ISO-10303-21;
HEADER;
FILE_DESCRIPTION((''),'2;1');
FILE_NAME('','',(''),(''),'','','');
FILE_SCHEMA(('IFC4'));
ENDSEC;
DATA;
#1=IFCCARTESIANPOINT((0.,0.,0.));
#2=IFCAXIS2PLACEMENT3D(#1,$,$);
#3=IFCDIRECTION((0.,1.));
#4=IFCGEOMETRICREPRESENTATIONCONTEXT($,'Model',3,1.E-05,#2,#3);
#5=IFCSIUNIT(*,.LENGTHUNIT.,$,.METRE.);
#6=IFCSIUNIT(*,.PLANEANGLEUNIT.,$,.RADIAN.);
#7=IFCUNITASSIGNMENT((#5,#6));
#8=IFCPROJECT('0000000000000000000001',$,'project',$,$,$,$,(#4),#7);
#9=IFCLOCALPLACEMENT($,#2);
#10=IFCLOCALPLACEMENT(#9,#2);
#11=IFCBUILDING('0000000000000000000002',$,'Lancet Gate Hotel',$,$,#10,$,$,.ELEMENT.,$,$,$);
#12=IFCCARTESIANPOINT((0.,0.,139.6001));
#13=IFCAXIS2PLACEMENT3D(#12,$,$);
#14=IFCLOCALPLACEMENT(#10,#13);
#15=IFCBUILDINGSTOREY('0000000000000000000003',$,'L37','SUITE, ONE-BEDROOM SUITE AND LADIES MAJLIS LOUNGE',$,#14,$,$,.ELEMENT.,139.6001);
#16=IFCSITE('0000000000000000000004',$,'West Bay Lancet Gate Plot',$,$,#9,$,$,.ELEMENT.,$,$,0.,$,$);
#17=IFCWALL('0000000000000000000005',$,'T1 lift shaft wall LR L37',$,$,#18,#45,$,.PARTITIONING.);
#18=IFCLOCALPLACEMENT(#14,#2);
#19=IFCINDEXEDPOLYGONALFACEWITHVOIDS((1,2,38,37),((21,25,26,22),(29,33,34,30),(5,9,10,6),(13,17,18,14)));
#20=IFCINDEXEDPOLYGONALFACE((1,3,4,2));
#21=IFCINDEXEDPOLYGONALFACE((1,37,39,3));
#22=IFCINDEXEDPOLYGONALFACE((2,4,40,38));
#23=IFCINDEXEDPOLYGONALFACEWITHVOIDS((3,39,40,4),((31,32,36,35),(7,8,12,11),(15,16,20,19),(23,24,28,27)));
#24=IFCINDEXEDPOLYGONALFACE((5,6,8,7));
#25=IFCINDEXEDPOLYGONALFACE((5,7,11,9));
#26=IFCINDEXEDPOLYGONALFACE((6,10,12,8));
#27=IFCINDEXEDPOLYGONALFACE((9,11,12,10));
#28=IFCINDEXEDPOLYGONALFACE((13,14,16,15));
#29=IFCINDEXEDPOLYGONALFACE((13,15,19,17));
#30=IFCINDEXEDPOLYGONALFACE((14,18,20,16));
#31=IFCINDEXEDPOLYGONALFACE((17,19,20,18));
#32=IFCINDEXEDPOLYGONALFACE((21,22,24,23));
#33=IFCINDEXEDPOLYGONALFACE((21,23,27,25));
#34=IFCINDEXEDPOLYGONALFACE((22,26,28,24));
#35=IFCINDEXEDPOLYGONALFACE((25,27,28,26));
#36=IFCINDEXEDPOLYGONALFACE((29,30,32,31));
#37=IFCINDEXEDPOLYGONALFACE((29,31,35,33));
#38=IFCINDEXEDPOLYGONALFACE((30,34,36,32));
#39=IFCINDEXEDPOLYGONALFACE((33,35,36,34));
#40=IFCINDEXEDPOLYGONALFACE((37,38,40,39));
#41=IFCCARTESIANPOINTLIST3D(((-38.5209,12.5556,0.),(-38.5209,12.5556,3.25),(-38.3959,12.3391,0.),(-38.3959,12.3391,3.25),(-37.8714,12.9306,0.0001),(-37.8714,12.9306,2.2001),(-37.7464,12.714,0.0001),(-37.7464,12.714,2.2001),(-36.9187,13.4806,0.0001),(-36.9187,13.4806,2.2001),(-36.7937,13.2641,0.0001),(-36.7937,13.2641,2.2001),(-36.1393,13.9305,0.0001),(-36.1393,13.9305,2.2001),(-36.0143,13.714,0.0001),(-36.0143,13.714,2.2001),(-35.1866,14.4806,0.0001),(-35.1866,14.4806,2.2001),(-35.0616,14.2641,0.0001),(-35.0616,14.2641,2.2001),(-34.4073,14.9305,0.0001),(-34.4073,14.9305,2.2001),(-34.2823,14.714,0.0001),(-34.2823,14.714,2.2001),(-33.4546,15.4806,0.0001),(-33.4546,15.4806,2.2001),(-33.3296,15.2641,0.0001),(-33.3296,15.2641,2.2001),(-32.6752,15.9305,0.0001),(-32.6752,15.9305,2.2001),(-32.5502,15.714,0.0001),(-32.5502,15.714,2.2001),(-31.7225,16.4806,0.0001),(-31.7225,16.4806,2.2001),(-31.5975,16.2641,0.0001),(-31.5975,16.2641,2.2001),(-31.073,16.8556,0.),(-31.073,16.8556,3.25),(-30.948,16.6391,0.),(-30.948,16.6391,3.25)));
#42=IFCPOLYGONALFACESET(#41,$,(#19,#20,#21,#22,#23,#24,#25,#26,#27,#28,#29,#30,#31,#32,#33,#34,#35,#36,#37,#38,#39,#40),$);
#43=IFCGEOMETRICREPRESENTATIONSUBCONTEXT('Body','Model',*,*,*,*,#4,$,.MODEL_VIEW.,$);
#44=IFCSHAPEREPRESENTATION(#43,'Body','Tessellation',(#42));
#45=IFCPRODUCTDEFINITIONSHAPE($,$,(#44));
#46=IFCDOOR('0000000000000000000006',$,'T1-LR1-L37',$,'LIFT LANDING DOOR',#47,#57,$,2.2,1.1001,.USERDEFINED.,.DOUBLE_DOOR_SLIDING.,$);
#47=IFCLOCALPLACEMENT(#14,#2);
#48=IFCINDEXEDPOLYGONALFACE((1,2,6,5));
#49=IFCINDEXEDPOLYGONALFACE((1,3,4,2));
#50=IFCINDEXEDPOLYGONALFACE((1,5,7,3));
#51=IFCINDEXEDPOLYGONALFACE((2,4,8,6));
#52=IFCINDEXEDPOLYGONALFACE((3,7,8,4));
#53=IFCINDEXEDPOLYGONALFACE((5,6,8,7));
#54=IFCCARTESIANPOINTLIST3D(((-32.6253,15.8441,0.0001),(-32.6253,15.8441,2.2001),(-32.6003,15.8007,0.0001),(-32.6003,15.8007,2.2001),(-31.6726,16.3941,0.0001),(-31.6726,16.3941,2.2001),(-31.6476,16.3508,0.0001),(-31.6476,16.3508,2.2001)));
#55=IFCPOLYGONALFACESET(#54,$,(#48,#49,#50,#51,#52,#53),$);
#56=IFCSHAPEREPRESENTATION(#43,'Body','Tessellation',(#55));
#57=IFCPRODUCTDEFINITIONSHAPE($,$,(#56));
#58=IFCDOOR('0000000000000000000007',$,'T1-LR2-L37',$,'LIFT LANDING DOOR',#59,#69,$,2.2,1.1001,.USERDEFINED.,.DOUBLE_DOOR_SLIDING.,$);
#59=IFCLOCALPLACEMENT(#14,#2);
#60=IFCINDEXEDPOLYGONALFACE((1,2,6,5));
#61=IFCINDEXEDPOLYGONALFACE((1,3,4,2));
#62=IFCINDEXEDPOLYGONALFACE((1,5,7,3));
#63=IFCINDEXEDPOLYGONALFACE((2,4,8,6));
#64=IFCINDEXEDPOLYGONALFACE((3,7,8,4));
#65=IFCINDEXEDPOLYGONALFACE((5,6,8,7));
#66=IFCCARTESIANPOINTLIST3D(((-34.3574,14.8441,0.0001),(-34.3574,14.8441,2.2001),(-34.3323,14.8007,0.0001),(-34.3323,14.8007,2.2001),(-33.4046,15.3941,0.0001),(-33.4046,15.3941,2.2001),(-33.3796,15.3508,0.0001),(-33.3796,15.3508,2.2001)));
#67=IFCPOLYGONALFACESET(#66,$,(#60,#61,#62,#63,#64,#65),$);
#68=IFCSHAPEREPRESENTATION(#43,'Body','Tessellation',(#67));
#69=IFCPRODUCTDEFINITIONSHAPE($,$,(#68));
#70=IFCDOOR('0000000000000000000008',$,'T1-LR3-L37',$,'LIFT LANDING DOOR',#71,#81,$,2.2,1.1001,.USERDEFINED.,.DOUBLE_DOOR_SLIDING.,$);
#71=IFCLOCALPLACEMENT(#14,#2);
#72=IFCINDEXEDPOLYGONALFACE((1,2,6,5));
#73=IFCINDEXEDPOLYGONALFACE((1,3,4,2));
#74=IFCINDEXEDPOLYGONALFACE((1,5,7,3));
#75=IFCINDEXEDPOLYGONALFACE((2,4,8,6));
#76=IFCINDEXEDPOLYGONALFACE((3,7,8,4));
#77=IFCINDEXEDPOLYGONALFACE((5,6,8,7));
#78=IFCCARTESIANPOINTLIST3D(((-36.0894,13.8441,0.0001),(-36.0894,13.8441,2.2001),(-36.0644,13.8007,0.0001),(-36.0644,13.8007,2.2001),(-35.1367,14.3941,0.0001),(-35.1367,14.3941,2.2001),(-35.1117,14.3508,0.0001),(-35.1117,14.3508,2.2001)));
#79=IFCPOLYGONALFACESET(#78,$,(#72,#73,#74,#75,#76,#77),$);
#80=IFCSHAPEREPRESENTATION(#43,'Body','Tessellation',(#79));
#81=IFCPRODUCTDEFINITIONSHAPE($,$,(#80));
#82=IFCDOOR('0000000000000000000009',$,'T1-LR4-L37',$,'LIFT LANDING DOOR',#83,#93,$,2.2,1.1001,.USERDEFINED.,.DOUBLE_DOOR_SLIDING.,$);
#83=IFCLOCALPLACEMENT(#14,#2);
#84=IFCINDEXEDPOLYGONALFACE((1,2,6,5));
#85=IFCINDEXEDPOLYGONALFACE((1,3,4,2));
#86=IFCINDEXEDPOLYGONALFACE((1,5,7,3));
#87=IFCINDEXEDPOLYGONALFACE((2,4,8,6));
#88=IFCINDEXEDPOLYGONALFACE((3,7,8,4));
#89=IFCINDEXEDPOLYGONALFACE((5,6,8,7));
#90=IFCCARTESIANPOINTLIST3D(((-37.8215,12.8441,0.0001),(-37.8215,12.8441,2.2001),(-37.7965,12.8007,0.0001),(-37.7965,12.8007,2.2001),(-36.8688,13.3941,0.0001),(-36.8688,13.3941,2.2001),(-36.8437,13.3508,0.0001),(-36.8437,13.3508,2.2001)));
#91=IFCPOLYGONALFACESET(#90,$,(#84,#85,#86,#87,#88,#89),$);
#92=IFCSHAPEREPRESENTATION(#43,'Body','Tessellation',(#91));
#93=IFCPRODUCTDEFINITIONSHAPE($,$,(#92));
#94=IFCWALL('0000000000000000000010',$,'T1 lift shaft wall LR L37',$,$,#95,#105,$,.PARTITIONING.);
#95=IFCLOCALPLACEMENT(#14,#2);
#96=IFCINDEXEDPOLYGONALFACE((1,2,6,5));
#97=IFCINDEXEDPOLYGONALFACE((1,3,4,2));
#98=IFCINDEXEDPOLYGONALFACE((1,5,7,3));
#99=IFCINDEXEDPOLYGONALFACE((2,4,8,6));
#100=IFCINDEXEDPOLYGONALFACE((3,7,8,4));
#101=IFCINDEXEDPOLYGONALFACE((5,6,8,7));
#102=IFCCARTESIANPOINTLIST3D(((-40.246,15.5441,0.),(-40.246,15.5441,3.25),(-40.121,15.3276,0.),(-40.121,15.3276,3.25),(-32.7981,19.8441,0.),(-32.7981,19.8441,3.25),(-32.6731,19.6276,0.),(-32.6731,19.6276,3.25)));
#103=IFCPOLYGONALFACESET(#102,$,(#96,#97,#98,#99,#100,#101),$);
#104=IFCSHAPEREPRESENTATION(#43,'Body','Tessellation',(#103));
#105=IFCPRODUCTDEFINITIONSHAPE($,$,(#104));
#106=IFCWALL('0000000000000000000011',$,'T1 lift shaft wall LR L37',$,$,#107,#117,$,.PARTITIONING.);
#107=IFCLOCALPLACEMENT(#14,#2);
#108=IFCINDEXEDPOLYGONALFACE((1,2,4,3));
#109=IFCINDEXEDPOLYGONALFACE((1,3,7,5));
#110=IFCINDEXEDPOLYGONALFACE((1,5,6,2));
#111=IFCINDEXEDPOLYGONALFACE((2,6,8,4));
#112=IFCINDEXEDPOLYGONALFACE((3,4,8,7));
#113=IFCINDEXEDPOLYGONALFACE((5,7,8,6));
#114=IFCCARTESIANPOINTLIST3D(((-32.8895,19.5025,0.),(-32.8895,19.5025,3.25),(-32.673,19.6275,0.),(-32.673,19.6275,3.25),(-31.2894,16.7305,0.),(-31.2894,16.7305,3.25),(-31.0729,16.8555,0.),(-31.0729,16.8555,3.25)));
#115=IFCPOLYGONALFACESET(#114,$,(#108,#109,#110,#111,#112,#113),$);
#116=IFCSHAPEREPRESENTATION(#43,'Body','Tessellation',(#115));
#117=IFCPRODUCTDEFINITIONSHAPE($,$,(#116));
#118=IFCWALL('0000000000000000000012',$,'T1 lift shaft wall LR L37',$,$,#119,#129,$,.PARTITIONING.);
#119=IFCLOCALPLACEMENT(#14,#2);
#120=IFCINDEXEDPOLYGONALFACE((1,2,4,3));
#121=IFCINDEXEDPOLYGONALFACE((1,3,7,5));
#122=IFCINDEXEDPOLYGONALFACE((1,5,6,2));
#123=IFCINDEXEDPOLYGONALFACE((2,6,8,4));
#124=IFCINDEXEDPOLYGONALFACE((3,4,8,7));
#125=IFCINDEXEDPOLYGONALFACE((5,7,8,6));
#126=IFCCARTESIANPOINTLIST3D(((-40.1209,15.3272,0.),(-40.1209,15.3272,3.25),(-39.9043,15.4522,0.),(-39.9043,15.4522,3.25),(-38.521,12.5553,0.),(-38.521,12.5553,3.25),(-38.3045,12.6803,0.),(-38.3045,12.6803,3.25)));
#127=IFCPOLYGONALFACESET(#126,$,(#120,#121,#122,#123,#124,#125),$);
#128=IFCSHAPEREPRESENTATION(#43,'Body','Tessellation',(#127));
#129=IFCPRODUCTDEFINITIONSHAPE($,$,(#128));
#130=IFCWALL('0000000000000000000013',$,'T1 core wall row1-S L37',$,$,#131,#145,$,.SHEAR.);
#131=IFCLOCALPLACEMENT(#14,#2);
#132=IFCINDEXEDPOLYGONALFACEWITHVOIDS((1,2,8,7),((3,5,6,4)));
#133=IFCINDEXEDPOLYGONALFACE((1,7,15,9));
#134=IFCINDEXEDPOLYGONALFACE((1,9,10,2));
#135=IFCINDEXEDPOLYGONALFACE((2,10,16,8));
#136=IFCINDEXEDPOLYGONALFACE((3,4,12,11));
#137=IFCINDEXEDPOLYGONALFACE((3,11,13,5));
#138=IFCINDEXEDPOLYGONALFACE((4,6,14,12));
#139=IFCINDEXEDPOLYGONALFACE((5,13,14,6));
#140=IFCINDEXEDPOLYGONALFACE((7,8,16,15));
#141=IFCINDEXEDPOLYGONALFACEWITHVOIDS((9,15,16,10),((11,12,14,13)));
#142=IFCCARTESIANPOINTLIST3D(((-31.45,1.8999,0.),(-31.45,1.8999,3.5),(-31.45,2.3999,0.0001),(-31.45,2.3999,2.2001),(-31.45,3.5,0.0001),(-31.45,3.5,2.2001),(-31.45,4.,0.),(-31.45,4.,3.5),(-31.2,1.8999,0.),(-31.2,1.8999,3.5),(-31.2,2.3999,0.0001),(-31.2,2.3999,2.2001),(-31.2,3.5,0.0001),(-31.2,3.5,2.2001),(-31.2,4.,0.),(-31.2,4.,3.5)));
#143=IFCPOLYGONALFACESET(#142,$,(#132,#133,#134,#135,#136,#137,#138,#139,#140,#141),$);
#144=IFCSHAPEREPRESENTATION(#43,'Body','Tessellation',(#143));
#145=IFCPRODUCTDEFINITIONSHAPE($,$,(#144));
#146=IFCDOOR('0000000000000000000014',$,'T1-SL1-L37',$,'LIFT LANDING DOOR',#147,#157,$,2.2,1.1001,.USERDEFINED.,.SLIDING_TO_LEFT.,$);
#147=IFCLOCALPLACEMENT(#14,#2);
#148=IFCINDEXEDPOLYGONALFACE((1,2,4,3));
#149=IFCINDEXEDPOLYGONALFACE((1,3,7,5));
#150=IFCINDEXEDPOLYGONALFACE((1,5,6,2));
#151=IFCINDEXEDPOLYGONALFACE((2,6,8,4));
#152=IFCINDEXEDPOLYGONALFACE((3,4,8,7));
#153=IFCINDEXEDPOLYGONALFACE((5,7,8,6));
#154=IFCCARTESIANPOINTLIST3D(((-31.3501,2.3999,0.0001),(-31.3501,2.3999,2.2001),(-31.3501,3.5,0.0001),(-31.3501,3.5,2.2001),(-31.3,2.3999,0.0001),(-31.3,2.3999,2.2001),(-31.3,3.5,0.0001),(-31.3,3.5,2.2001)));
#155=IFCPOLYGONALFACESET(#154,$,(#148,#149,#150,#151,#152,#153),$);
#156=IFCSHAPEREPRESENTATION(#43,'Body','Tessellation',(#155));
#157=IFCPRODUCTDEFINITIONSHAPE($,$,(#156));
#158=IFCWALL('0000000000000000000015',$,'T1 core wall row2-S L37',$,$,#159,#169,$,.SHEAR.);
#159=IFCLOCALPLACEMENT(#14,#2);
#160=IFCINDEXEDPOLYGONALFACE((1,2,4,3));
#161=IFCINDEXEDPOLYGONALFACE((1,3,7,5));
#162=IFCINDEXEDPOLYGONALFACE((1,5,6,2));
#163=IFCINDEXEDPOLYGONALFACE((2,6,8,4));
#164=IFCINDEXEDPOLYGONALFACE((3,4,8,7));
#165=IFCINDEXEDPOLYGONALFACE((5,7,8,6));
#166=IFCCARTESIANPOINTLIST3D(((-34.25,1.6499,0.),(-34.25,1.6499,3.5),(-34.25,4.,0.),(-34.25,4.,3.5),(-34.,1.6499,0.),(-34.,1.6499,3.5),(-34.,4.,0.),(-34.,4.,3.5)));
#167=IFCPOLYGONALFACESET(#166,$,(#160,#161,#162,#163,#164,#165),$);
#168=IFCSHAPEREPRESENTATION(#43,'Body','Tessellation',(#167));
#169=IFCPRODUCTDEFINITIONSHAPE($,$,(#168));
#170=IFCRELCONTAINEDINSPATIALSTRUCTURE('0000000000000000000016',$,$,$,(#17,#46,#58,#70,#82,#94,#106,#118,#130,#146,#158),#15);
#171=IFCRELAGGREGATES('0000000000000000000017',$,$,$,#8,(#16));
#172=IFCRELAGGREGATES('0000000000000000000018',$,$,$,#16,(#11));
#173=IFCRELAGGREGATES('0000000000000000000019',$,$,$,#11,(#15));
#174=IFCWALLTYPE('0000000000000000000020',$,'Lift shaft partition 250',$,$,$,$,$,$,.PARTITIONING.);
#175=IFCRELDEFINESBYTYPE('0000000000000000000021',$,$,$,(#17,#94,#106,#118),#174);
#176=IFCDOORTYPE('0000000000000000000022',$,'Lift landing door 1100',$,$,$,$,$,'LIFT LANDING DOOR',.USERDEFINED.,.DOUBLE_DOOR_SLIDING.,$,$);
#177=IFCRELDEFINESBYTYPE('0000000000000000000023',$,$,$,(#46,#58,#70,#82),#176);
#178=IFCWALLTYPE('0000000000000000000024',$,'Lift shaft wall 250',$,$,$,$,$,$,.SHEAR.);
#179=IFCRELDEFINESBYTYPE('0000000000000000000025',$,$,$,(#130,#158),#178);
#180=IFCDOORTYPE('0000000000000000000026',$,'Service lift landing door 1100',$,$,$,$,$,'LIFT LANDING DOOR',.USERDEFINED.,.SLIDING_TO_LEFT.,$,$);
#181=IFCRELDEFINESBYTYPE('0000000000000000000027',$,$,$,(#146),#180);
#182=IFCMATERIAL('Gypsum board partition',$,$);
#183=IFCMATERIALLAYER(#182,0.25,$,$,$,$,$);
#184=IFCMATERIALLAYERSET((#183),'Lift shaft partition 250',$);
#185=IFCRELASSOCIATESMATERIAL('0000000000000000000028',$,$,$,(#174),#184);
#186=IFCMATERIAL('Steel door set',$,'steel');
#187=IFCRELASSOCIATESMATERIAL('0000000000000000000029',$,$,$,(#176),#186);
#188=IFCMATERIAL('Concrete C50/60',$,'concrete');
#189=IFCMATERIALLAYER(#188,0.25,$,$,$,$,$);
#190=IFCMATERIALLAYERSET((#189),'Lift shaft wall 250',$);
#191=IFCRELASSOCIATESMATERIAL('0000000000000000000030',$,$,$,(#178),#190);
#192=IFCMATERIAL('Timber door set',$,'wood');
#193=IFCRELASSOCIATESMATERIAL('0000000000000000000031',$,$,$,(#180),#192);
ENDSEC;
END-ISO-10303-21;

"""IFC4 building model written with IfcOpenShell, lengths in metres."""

from ifc_helpers import new_model, si_unit, direction, frame, frame_2d, origin, place, context, subcontext, project, spatial, rectangle, extrude, material, layer, layer_set, type_object, element, fill, save


model = new_model("IFC4")

# Units and contexts
model_context = context("Model", 3, precision=1e-05, world=origin(), true_north=direction((0.0, 1.0)))
body_context = subcontext(model_context, "Body", "Model", "MODEL_VIEW")
ifc_project = project(units=[si_unit("LENGTHUNIT", "METRE"), si_unit("PLANEANGLEUNIT", "RADIAN")], contexts=[model_context])

# Site, building, storey
site_placement = place(None, origin())
site = spatial("IfcSite", under=ifc_project, at=site_placement, Name="West Bay Lancet Gate Plot", CompositionType="ELEMENT", RefElevation=0.0)
building_placement = place(site_placement, origin())
building = spatial("IfcBuilding", under=site, at=building_placement, Name="Lancet Gate Hotel", CompositionType="ELEMENT")
storey_placement = place(building_placement, frame((0.0, 0.0, 139.6001)))
storey = spatial("IfcBuildingStorey", under=building, at=storey_placement, Name="L37", Description="SUITE, ONE-BEDROOM SUITE AND LADIES MAJLIS LOUNGE", CompositionType="ELEMENT", Elevation=139.6001)

# Wall, openings, doors
ifc_material_1 = material(Name="Gypsum board partition")
ifc_layer_1 = layer(ifc_material_1, 0.25)
ifc_layer_set_1 = layer_set([ifc_layer_1], Name="Lift shaft partition 250")
wall_type_1 = type_object("IfcWallType", Name="Lift shaft partition 250", PredefinedType="PARTITIONING", material=ifc_layer_set_1)
wall_1_placement = place(storey_placement, frame((-31.0105, 16.7473, 0.0), z_axis=(0.0, 0.0, 1.0), x_axis=(-0.866028, -0.499995, 0.0)))
wall_1 = element("IfcWall", 1, at=wall_1_placement, inside=storey, type_object=wall_type_1, Name="T1 lift shaft wall LR L37", PredefinedType="PARTITIONING", context=body_context, shape_type="SweptSolid", body=[
    extrude(rectangle(XDim=8.6001, YDim=0.25, at=frame_2d((4.3, 0.0))), origin(), (0.0, 0.0, 1.0), 3.25),
])
opening_1_placement = place(wall_1_placement, frame((0.75, 0.0, 0.0)))
opening_1 = element("IfcOpeningElement", 2, at=opening_1_placement, cuts=wall_1, PredefinedType="OPENING", context=body_context, shape_type="SweptSolid", body=[
    extrude(rectangle(XDim=1.1001, YDim=2.2, at=frame_2d((0.55, 1.1001))), frame((0.0, 0.135, 0.0), z_axis=(0.0, -1.0, 0.0), x_axis=(1.0, 0.0, 0.0)), (0.0, 0.0, 1.0), 0.27),
])
opening_2_placement = place(wall_1_placement, frame((2.75, 0.0, 0.0)))
opening_2 = element("IfcOpeningElement", 3, at=opening_2_placement, cuts=wall_1, PredefinedType="OPENING", context=body_context, shape_type="SweptSolid", body=[
    extrude(rectangle(XDim=1.1001, YDim=2.2, at=frame_2d((0.55, 1.1001))), frame((0.0, 0.135, 0.0), z_axis=(0.0, -1.0, 0.0), x_axis=(1.0, 0.0, 0.0)), (0.0, 0.0, 1.0), 0.27),
])
opening_3_placement = place(wall_1_placement, frame((4.75, 0.0, 0.0)))
opening_3 = element("IfcOpeningElement", 4, at=opening_3_placement, cuts=wall_1, PredefinedType="OPENING", context=body_context, shape_type="SweptSolid", body=[
    extrude(rectangle(XDim=1.1001, YDim=2.2, at=frame_2d((0.55, 1.1001))), frame((0.0, 0.135, 0.0), z_axis=(0.0, -1.0, 0.0), x_axis=(1.0, 0.0, 0.0)), (0.0, 0.0, 1.0), 0.27),
])
opening_4_placement = place(wall_1_placement, frame((6.75, 0.0, 0.0)))
opening_4 = element("IfcOpeningElement", 5, at=opening_4_placement, cuts=wall_1, PredefinedType="OPENING", context=body_context, shape_type="SweptSolid", body=[
    extrude(rectangle(XDim=1.1001, YDim=2.2, at=frame_2d((0.55, 1.1001))), frame((0.0, 0.135, 0.0), z_axis=(0.0, -1.0, 0.0), x_axis=(1.0, 0.0, 0.0)), (0.0, 0.0, 1.0), 0.27),
])
ifc_material_2 = material(Name="Steel door set", Category="steel")
door_type_1 = type_object("IfcDoorType", Name="Lift landing door 1100", ElementType="LIFT LANDING DOOR", OperationType="DOUBLE_DOOR_SLIDING", PredefinedType="USERDEFINED", material=ifc_material_2)
door_1_placement = place(opening_1_placement, origin())
door_1 = element("IfcDoor", 6, at=door_1_placement, inside=storey, type_object=door_type_1, Name="T1-LR1-L37", ObjectType="LIFT LANDING DOOR", OperationType="DOUBLE_DOOR_SLIDING", OverallHeight=2.2, OverallWidth=1.1001, PredefinedType="USERDEFINED", context=body_context, shape_type="SweptSolid", body=[
    extrude(rectangle(XDim=1.1001, YDim=2.2, at=frame_2d((0.55, 1.1001))), frame((0.0, 0.0249, 0.0), z_axis=(0.0, -1.0, 0.0), x_axis=(1.0, 0.0, 0.0)), (0.0, 0.0, 1.0), 0.05),
])
fill(opening_1, door_1)
door_2_placement = place(opening_2_placement, origin())
door_2 = element("IfcDoor", 7, at=door_2_placement, inside=storey, type_object=door_type_1, Name="T1-LR2-L37", ObjectType="LIFT LANDING DOOR", OperationType="DOUBLE_DOOR_SLIDING", OverallHeight=2.2, OverallWidth=1.1001, PredefinedType="USERDEFINED", context=body_context, shape_type="SweptSolid", body=[
    extrude(rectangle(XDim=1.1001, YDim=2.2, at=frame_2d((0.55, 1.1001))), frame((0.0, 0.0249, 0.0), z_axis=(0.0, -1.0, 0.0), x_axis=(1.0, 0.0, 0.0)), (0.0, 0.0, 1.0), 0.05),
])
fill(opening_2, door_2)
door_3_placement = place(opening_3_placement, origin())
door_3 = element("IfcDoor", 8, at=door_3_placement, inside=storey, type_object=door_type_1, Name="T1-LR3-L37", ObjectType="LIFT LANDING DOOR", OperationType="DOUBLE_DOOR_SLIDING", OverallHeight=2.2, OverallWidth=1.1001, PredefinedType="USERDEFINED", context=body_context, shape_type="SweptSolid", body=[
    extrude(rectangle(XDim=1.1001, YDim=2.2, at=frame_2d((0.55, 1.1001))), frame((0.0, 0.0249, 0.0), z_axis=(0.0, -1.0, 0.0), x_axis=(1.0, 0.0, 0.0)), (0.0, 0.0, 1.0), 0.05),
])
fill(opening_3, door_3)
door_4_placement = place(opening_4_placement, origin())
door_4 = element("IfcDoor", 9, at=door_4_placement, inside=storey, type_object=door_type_1, Name="T1-LR4-L37", ObjectType="LIFT LANDING DOOR", OperationType="DOUBLE_DOOR_SLIDING", OverallHeight=2.2, OverallWidth=1.1001, PredefinedType="USERDEFINED", context=body_context, shape_type="SweptSolid", body=[
    extrude(rectangle(XDim=1.1001, YDim=2.2, at=frame_2d((0.55, 1.1001))), frame((0.0, 0.0249, 0.0), z_axis=(0.0, -1.0, 0.0), x_axis=(1.0, 0.0, 0.0)), (0.0, 0.0, 1.0), 0.05),
])
fill(opening_4, door_4)

# Walls
wall_2_placement = place(storey_placement, frame((-32.7356, 19.7358, 0.0), z_axis=(0.0, 0.0, 1.0), x_axis=(-0.866028, -0.499995, 0.0)))
element("IfcWall", 10, at=wall_2_placement, inside=storey, type_object=wall_type_1, Name="T1 lift shaft wall LR L37", PredefinedType="PARTITIONING", context=body_context, shape_type="SweptSolid", body=[
    extrude(rectangle(XDim=8.6001, YDim=0.25, at=frame_2d((4.3, 0.0))), origin(), (0.0, 0.0, 1.0), 3.25),
])
wall_3_placement = place(storey_placement, frame((-31.1812, 16.793, 0.0), z_axis=(0.0, 0.0, 1.0), x_axis=(-0.499929, 0.866066, 0.0)))
element("IfcWall", 11, at=wall_3_placement, inside=storey, type_object=wall_type_1, Name="T1 lift shaft wall LR L37", PredefinedType="PARTITIONING", context=body_context, shape_type="SweptSolid", body=[
    extrude(rectangle(XDim=3.2007, YDim=0.25, at=frame_2d((1.6003, 0.0))), origin(), (0.0, 0.0, 1.0), 3.25),
])
wall_4_placement = place(storey_placement, frame((-38.4128, 12.6179, 0.0), z_axis=(0.0, 0.0, 1.0), x_axis=(-0.499872, 0.866099, 0.0)))
element("IfcWall", 12, at=wall_4_placement, inside=storey, type_object=wall_type_1, Name="T1 lift shaft wall LR L37", PredefinedType="PARTITIONING", context=body_context, shape_type="SweptSolid", body=[
    extrude(rectangle(XDim=3.2004, YDim=0.25, at=frame_2d((1.6001, 0.0))), origin(), (0.0, 0.0, 1.0), 3.25),
])

# Wall, opening, door
ifc_material_3 = material(Name="Concrete C50/60", Category="concrete")
ifc_layer_2 = layer(ifc_material_3, 0.25)
ifc_layer_set_2 = layer_set([ifc_layer_2], Name="Lift shaft wall 250")
wall_type_2 = type_object("IfcWallType", Name="Lift shaft wall 250", PredefinedType="SHEAR", material=ifc_layer_set_2)
wall_5_placement = place(storey_placement, frame((-31.325, 4.0, 0.0), z_axis=(0.0, 0.0, 1.0), x_axis=(0.0, -1.0, 0.0)))
wall_5 = element("IfcWall", 13, at=wall_5_placement, inside=storey, type_object=wall_type_2, Name="T1 core wall row1-S L37", PredefinedType="SHEAR", context=body_context, shape_type="SweptSolid", body=[
    extrude(rectangle(XDim=2.1001, YDim=0.25, at=frame_2d((1.05, 0.0))), origin(), (0.0, 0.0, 1.0), 3.5),
])
opening_5_placement = place(wall_5_placement, frame((0.5, 0.0, 0.0)))
opening_5 = element("IfcOpeningElement", 14, at=opening_5_placement, cuts=wall_5, PredefinedType="OPENING", context=body_context, shape_type="SweptSolid", body=[
    extrude(rectangle(XDim=1.1001, YDim=2.2, at=frame_2d((0.55, 1.1001))), frame((0.0, 0.135, 0.0), z_axis=(0.0, -1.0, 0.0), x_axis=(1.0, 0.0, 0.0)), (0.0, 0.0, 1.0), 0.27),
])
ifc_material_4 = material(Name="Timber door set", Category="wood")
door_type_2 = type_object("IfcDoorType", Name="Service lift landing door 1100", ElementType="LIFT LANDING DOOR", OperationType="SLIDING_TO_LEFT", PredefinedType="USERDEFINED", material=ifc_material_4)
door_5_placement = place(opening_5_placement, origin())
door_5 = element("IfcDoor", 15, at=door_5_placement, inside=storey, type_object=door_type_2, Name="T1-SL1-L37", ObjectType="LIFT LANDING DOOR", OperationType="SLIDING_TO_LEFT", OverallHeight=2.2, OverallWidth=1.1001, PredefinedType="USERDEFINED", context=body_context, shape_type="SweptSolid", body=[
    extrude(rectangle(XDim=1.1001, YDim=2.2, at=frame_2d((0.55, 1.1001))), frame((0.0, 0.0249, 0.0), z_axis=(0.0, -1.0, 0.0), x_axis=(1.0, 0.0, 0.0)), (0.0, 0.0, 1.0), 0.05),
])
fill(opening_5, door_5)

# Wall
wall_6_placement = place(storey_placement, frame((-34.125, 4.0, 0.0), z_axis=(0.0, 0.0, 1.0), x_axis=(0.0, -1.0, 0.0)))
element("IfcWall", 16, at=wall_6_placement, inside=storey, type_object=wall_type_2, Name="T1 core wall row2-S L37", PredefinedType="SHEAR", context=body_context, shape_type="SweptSolid", body=[
    extrude(rectangle(XDim=2.3501, YDim=0.25, at=frame_2d((1.175, 0.0))), origin(), (0.0, 0.0, 1.0), 3.5),
])

save(model, "model.ifc")
